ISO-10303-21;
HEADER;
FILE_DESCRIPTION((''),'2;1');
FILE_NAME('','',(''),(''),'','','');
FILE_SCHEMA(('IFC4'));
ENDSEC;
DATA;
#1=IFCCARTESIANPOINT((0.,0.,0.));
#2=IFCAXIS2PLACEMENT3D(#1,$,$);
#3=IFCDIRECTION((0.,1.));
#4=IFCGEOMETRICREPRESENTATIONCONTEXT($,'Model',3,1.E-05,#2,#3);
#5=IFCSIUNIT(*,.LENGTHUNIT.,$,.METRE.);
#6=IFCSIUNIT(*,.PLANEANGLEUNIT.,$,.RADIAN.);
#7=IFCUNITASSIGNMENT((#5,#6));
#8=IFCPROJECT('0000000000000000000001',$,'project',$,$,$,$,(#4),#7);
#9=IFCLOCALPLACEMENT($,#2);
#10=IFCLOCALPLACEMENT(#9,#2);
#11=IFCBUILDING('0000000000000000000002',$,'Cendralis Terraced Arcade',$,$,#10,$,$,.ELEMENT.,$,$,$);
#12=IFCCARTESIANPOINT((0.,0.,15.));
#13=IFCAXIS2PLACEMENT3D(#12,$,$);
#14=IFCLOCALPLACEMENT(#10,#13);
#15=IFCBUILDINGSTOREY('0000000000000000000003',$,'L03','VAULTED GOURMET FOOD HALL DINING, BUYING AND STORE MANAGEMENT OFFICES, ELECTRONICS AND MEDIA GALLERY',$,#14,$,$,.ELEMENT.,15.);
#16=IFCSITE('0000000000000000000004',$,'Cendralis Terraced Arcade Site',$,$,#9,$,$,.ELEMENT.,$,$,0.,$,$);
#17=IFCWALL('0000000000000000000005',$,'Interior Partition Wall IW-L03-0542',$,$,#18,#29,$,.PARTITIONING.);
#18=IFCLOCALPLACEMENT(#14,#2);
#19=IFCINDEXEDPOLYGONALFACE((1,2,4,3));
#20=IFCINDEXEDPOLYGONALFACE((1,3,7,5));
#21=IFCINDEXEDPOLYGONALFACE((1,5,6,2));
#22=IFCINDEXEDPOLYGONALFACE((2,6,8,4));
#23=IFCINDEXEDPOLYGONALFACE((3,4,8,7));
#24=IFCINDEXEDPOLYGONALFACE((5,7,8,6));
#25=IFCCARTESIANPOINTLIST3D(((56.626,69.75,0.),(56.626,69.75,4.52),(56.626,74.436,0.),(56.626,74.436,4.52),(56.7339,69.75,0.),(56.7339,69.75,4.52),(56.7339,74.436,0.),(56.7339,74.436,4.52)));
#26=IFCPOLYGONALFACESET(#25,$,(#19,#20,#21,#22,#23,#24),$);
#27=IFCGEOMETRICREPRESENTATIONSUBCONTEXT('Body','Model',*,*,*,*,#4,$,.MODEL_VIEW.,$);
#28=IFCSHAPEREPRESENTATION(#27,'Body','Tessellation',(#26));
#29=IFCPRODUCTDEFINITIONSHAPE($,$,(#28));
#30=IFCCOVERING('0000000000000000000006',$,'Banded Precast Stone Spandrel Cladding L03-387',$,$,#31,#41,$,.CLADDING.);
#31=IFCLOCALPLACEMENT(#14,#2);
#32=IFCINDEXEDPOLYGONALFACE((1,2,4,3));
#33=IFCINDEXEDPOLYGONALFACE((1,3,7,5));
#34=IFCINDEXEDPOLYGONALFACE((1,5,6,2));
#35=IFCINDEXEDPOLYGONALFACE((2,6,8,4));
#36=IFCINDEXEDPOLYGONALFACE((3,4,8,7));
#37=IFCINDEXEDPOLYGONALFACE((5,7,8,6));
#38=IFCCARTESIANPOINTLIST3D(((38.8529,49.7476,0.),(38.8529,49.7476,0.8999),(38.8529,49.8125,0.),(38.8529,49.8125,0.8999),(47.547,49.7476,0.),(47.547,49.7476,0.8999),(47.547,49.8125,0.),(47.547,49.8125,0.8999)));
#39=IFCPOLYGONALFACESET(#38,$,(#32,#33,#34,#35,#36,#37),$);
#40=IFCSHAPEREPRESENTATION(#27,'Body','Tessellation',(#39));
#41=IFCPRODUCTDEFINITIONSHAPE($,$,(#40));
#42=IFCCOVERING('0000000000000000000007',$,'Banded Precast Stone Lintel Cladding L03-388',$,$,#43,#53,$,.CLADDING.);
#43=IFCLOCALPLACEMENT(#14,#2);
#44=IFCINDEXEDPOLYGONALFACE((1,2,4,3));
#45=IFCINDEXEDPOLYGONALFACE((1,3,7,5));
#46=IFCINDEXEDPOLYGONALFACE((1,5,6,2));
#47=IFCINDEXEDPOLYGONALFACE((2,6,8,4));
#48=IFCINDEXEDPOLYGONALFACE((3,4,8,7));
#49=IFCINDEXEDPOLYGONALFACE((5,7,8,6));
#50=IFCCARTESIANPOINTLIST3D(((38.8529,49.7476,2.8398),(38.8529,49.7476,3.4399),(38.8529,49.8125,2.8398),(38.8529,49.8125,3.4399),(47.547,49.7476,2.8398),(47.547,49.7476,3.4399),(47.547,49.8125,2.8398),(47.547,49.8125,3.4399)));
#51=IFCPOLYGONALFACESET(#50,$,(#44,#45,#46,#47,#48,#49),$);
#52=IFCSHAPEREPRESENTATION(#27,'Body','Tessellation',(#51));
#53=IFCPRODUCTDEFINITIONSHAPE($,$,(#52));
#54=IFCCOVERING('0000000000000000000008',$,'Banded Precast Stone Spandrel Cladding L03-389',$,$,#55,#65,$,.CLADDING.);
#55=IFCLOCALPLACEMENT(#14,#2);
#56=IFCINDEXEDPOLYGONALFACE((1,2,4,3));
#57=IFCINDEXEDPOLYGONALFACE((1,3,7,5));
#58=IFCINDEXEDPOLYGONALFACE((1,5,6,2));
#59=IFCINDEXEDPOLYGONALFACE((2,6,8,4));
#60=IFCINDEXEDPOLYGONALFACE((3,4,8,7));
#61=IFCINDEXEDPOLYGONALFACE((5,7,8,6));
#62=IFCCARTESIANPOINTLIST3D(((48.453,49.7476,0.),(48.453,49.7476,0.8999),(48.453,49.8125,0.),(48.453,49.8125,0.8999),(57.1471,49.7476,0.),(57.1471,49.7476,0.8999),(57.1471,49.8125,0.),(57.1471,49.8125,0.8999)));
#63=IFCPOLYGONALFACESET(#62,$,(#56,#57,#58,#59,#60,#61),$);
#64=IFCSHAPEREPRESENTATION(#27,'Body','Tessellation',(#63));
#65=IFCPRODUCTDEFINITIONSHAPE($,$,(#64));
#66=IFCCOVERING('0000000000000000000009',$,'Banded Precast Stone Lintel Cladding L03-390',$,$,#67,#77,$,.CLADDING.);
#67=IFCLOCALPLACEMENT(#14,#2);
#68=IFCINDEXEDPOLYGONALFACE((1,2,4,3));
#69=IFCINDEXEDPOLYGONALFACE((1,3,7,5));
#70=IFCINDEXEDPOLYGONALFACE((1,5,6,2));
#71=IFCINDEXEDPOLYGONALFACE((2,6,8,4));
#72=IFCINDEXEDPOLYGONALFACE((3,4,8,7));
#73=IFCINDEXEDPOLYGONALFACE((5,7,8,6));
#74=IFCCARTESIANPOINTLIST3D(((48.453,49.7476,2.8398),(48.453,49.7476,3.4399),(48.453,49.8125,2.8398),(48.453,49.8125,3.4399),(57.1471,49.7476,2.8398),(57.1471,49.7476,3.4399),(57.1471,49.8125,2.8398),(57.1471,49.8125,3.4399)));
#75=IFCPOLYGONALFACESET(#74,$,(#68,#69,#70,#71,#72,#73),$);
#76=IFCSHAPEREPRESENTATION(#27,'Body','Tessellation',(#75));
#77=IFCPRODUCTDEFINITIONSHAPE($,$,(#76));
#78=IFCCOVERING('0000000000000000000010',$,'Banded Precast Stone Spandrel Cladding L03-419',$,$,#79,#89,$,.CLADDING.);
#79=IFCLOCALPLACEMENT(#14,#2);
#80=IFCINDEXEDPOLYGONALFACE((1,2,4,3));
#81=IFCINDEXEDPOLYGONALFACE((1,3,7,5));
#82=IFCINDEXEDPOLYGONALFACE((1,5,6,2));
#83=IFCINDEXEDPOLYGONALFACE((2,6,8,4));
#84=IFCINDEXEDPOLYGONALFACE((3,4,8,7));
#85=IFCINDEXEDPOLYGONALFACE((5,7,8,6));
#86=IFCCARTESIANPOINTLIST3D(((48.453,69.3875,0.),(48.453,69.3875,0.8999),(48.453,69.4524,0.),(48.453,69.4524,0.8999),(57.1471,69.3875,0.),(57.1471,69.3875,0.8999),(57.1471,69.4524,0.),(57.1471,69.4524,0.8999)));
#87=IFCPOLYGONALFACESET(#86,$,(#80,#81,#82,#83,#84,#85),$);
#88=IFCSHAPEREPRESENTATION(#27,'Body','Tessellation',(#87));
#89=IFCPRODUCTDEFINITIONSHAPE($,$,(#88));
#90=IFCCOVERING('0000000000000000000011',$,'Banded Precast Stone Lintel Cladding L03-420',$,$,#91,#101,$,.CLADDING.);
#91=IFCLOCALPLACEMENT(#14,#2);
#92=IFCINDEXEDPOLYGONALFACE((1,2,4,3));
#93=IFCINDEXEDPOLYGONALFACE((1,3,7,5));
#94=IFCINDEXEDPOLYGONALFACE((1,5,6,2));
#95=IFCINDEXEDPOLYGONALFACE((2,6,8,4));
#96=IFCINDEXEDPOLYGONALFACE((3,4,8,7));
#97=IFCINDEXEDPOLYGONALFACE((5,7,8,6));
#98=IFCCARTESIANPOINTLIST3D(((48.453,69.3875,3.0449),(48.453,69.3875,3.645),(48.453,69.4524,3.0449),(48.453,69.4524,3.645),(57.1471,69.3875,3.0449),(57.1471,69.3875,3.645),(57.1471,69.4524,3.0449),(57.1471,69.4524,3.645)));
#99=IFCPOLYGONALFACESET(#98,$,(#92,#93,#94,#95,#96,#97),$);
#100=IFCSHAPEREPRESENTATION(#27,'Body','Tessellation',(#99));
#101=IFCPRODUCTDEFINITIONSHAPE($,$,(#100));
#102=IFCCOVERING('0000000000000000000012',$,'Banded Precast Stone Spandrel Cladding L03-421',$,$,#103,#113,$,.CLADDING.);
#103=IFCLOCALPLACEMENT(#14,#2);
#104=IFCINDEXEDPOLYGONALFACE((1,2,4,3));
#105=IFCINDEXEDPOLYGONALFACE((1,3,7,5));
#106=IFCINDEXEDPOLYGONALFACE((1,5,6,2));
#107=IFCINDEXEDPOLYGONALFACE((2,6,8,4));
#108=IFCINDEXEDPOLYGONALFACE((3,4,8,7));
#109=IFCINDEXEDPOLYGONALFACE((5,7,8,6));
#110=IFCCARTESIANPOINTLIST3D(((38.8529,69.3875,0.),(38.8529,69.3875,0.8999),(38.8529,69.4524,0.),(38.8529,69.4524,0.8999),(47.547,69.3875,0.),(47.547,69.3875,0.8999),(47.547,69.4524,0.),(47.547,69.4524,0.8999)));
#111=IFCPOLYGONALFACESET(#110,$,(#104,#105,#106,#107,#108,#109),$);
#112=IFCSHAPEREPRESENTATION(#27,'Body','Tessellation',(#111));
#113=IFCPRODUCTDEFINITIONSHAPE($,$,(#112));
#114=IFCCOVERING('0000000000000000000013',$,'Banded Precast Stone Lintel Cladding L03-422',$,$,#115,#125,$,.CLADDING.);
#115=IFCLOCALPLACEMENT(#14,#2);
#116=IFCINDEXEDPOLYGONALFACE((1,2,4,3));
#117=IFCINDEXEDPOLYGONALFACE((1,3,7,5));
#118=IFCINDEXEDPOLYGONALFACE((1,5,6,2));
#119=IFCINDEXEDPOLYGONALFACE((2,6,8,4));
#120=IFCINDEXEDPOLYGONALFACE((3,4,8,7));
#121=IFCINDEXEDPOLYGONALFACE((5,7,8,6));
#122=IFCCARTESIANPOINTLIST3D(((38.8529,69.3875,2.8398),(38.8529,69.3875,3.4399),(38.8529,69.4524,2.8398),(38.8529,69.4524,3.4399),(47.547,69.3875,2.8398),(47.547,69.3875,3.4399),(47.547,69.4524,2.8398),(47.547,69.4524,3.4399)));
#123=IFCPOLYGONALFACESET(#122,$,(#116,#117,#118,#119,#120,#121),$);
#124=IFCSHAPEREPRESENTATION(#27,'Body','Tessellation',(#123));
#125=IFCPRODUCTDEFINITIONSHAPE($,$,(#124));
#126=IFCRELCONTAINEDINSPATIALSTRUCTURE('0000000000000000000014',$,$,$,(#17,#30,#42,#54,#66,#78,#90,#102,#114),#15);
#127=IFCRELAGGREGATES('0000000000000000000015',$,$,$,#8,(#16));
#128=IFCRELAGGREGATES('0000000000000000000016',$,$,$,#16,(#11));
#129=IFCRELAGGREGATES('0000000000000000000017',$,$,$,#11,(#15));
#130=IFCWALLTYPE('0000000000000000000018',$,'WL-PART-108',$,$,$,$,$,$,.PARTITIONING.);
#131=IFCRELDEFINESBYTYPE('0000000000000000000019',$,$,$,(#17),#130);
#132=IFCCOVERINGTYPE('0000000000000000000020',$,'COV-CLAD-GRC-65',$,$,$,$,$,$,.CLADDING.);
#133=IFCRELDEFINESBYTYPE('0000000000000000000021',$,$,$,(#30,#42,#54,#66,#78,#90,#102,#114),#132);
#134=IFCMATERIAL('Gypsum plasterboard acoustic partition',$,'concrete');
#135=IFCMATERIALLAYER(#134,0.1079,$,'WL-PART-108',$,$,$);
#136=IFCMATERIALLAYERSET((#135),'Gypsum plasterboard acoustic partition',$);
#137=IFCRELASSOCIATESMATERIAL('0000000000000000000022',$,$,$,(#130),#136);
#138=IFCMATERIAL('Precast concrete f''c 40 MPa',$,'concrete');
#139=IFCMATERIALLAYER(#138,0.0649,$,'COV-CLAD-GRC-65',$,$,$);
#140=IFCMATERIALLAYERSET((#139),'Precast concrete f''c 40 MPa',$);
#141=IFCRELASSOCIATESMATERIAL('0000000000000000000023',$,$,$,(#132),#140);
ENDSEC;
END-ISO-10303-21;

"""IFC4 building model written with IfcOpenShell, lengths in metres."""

from ifc_helpers import new_model, si_unit, direction, frame, frame_2d, origin, origin_2d, place, context, subcontext, project, spatial, rectangle, extrude, material, layer, layer_set, type_object, element, save


model = new_model("IFC4")

# Units and contexts
model_context = context("Model", 3, precision=1e-05, world=origin(), true_north=direction((0.0, 1.0)))
body_context = subcontext(model_context, "Body", "Model", "MODEL_VIEW")
ifc_project = project(units=[si_unit("LENGTHUNIT", "METRE"), si_unit("PLANEANGLEUNIT", "RADIAN")], contexts=[model_context])

# Site, building, storey
site_placement = place(None, origin())
site = spatial("IfcSite", under=ifc_project, at=site_placement, Name="Cendralis Terraced Arcade Site", CompositionType="ELEMENT", RefElevation=0.0)
building_placement = place(site_placement, origin())
building = spatial("IfcBuilding", under=site, at=building_placement, Name="Cendralis Terraced Arcade", CompositionType="ELEMENT")
storey_placement = place(building_placement, frame((0.0, 0.0, 15.0)))
storey = spatial("IfcBuildingStorey", under=building, at=storey_placement, Name="L03", Description="VAULTED GOURMET FOOD HALL DINING, BUYING AND STORE MANAGEMENT OFFICES, ELECTRONICS AND MEDIA GALLERY", CompositionType="ELEMENT", Elevation=15.0)

# Shared definitions
ifc_material_1 = material(Name="Precast concrete f'c 40 MPa", Category="concrete")

# Wall
ifc_material_2 = material(Name="Gypsum plasterboard acoustic partition", Category="concrete")
ifc_layer_1 = layer(ifc_material_2, 0.1079, Name="WL-PART-108")
ifc_layer_set_1 = layer_set([ifc_layer_1], Name="Gypsum plasterboard acoustic partition")
wall_type_1 = type_object("IfcWallType", Name="WL-PART-108", PredefinedType="PARTITIONING", material=ifc_layer_set_1)
wall_1_placement = place(storey_placement, frame((56.6799, 69.75, 0.0), z_axis=(0.0, 0.0, 1.0), x_axis=(0.0, 1.0, 0.0)))
element("IfcWall", 1, at=wall_1_placement, inside=storey, type_object=wall_type_1, Name="Interior Partition Wall IW-L03-0542", PredefinedType="PARTITIONING", context=body_context, shape_type="SweptSolid", body=[
    extrude(rectangle(XDim=4.686, YDim=0.1079, at=frame_2d((2.343, 0.0))), origin(), (0.0, 0.0, 1.0), 4.52),
])

# Coverings
ifc_layer_2 = layer(ifc_material_1, 0.0649, Name="COV-CLAD-GRC-65")
ifc_layer_set_2 = layer_set([ifc_layer_2], Name="Precast concrete f'c 40 MPa")
covering_type = type_object("IfcCoveringType", Name="COV-CLAD-GRC-65", PredefinedType="CLADDING", material=ifc_layer_set_2)
covering_1_placement = place(storey_placement, frame((43.2, 49.78, 0.0), z_axis=(0.0, 0.0, 1.0), x_axis=(1.0, 0.0, 0.0)))
element("IfcCovering", 2, at=covering_1_placement, inside=storey, type_object=covering_type, Name="Banded Precast Stone Spandrel Cladding L03-387", PredefinedType="CLADDING", context=body_context, shape_type="SweptSolid", body=[
    extrude(rectangle(XDim=8.6941, YDim=0.0649, at=origin_2d()), origin(), (0.0, 0.0, 1.0), 0.8999),
])
covering_2_placement = place(storey_placement, frame((43.2, 49.78, 2.8398), z_axis=(0.0, 0.0, 1.0), x_axis=(1.0, 0.0, 0.0)))
element("IfcCovering", 3, at=covering_2_placement, inside=storey, type_object=covering_type, Name="Banded Precast Stone Lintel Cladding L03-388", PredefinedType="CLADDING", context=body_context, shape_type="SweptSolid", body=[
    extrude(rectangle(XDim=8.6941, YDim=0.0649, at=origin_2d()), origin(), (0.0, 0.0, 1.0), 0.6001),
])
covering_3_placement = place(storey_placement, frame((52.8, 49.78, 0.0), z_axis=(0.0, 0.0, 1.0), x_axis=(1.0, 0.0, 0.0)))
element("IfcCovering", 4, at=covering_3_placement, inside=storey, type_object=covering_type, Name="Banded Precast Stone Spandrel Cladding L03-389", PredefinedType="CLADDING", context=body_context, shape_type="SweptSolid", body=[
    extrude(rectangle(XDim=8.6941, YDim=0.0649, at=origin_2d()), origin(), (0.0, 0.0, 1.0), 0.8999),
])
covering_4_placement = place(storey_placement, frame((52.8, 49.78, 2.8398), z_axis=(0.0, 0.0, 1.0), x_axis=(1.0, 0.0, 0.0)))
element("IfcCovering", 5, at=covering_4_placement, inside=storey, type_object=covering_type, Name="Banded Precast Stone Lintel Cladding L03-390", PredefinedType="CLADDING", context=body_context, shape_type="SweptSolid", body=[
    extrude(rectangle(XDim=8.6941, YDim=0.0649, at=origin_2d()), origin(), (0.0, 0.0, 1.0), 0.6001),
])
covering_5_placement = place(storey_placement, frame((52.8, 69.4199, 0.0), z_axis=(0.0, 0.0, 1.0), x_axis=(-1.0, 0.0, 0.0)))
element("IfcCovering", 6, at=covering_5_placement, inside=storey, type_object=covering_type, Name="Banded Precast Stone Spandrel Cladding L03-419", PredefinedType="CLADDING", context=body_context, shape_type="SweptSolid", body=[
    extrude(rectangle(XDim=8.6941, YDim=0.0649, at=origin_2d()), origin(), (0.0, 0.0, 1.0), 0.8999),
])
covering_6_placement = place(storey_placement, frame((52.8, 69.4199, 3.0449), z_axis=(0.0, 0.0, 1.0), x_axis=(-1.0, 0.0, 0.0)))
element("IfcCovering", 7, at=covering_6_placement, inside=storey, type_object=covering_type, Name="Banded Precast Stone Lintel Cladding L03-420", PredefinedType="CLADDING", context=body_context, shape_type="SweptSolid", body=[
    extrude(rectangle(XDim=8.6941, YDim=0.0649, at=origin_2d()), origin(), (0.0, 0.0, 1.0), 0.6001),
])
covering_7_placement = place(storey_placement, frame((43.2, 69.4199, 0.0), z_axis=(0.0, 0.0, 1.0), x_axis=(-1.0, 0.0, 0.0)))
element("IfcCovering", 8, at=covering_7_placement, inside=storey, type_object=covering_type, Name="Banded Precast Stone Spandrel Cladding L03-421", PredefinedType="CLADDING", context=body_context, shape_type="SweptSolid", body=[
    extrude(rectangle(XDim=8.6941, YDim=0.0649, at=origin_2d()), origin(), (0.0, 0.0, 1.0), 0.8999),
])
covering_8_placement = place(storey_placement, frame((43.2, 69.4199, 2.8398), z_axis=(0.0, 0.0, 1.0), x_axis=(-1.0, 0.0, 0.0)))
element("IfcCovering", 9, at=covering_8_placement, inside=storey, type_object=covering_type, Name="Banded Precast Stone Lintel Cladding L03-422", PredefinedType="CLADDING", context=body_context, shape_type="SweptSolid", body=[
    extrude(rectangle(XDim=8.6941, YDim=0.0649, at=origin_2d()), origin(), (0.0, 0.0, 1.0), 0.6001),
])

save(model, "model.ifc")
